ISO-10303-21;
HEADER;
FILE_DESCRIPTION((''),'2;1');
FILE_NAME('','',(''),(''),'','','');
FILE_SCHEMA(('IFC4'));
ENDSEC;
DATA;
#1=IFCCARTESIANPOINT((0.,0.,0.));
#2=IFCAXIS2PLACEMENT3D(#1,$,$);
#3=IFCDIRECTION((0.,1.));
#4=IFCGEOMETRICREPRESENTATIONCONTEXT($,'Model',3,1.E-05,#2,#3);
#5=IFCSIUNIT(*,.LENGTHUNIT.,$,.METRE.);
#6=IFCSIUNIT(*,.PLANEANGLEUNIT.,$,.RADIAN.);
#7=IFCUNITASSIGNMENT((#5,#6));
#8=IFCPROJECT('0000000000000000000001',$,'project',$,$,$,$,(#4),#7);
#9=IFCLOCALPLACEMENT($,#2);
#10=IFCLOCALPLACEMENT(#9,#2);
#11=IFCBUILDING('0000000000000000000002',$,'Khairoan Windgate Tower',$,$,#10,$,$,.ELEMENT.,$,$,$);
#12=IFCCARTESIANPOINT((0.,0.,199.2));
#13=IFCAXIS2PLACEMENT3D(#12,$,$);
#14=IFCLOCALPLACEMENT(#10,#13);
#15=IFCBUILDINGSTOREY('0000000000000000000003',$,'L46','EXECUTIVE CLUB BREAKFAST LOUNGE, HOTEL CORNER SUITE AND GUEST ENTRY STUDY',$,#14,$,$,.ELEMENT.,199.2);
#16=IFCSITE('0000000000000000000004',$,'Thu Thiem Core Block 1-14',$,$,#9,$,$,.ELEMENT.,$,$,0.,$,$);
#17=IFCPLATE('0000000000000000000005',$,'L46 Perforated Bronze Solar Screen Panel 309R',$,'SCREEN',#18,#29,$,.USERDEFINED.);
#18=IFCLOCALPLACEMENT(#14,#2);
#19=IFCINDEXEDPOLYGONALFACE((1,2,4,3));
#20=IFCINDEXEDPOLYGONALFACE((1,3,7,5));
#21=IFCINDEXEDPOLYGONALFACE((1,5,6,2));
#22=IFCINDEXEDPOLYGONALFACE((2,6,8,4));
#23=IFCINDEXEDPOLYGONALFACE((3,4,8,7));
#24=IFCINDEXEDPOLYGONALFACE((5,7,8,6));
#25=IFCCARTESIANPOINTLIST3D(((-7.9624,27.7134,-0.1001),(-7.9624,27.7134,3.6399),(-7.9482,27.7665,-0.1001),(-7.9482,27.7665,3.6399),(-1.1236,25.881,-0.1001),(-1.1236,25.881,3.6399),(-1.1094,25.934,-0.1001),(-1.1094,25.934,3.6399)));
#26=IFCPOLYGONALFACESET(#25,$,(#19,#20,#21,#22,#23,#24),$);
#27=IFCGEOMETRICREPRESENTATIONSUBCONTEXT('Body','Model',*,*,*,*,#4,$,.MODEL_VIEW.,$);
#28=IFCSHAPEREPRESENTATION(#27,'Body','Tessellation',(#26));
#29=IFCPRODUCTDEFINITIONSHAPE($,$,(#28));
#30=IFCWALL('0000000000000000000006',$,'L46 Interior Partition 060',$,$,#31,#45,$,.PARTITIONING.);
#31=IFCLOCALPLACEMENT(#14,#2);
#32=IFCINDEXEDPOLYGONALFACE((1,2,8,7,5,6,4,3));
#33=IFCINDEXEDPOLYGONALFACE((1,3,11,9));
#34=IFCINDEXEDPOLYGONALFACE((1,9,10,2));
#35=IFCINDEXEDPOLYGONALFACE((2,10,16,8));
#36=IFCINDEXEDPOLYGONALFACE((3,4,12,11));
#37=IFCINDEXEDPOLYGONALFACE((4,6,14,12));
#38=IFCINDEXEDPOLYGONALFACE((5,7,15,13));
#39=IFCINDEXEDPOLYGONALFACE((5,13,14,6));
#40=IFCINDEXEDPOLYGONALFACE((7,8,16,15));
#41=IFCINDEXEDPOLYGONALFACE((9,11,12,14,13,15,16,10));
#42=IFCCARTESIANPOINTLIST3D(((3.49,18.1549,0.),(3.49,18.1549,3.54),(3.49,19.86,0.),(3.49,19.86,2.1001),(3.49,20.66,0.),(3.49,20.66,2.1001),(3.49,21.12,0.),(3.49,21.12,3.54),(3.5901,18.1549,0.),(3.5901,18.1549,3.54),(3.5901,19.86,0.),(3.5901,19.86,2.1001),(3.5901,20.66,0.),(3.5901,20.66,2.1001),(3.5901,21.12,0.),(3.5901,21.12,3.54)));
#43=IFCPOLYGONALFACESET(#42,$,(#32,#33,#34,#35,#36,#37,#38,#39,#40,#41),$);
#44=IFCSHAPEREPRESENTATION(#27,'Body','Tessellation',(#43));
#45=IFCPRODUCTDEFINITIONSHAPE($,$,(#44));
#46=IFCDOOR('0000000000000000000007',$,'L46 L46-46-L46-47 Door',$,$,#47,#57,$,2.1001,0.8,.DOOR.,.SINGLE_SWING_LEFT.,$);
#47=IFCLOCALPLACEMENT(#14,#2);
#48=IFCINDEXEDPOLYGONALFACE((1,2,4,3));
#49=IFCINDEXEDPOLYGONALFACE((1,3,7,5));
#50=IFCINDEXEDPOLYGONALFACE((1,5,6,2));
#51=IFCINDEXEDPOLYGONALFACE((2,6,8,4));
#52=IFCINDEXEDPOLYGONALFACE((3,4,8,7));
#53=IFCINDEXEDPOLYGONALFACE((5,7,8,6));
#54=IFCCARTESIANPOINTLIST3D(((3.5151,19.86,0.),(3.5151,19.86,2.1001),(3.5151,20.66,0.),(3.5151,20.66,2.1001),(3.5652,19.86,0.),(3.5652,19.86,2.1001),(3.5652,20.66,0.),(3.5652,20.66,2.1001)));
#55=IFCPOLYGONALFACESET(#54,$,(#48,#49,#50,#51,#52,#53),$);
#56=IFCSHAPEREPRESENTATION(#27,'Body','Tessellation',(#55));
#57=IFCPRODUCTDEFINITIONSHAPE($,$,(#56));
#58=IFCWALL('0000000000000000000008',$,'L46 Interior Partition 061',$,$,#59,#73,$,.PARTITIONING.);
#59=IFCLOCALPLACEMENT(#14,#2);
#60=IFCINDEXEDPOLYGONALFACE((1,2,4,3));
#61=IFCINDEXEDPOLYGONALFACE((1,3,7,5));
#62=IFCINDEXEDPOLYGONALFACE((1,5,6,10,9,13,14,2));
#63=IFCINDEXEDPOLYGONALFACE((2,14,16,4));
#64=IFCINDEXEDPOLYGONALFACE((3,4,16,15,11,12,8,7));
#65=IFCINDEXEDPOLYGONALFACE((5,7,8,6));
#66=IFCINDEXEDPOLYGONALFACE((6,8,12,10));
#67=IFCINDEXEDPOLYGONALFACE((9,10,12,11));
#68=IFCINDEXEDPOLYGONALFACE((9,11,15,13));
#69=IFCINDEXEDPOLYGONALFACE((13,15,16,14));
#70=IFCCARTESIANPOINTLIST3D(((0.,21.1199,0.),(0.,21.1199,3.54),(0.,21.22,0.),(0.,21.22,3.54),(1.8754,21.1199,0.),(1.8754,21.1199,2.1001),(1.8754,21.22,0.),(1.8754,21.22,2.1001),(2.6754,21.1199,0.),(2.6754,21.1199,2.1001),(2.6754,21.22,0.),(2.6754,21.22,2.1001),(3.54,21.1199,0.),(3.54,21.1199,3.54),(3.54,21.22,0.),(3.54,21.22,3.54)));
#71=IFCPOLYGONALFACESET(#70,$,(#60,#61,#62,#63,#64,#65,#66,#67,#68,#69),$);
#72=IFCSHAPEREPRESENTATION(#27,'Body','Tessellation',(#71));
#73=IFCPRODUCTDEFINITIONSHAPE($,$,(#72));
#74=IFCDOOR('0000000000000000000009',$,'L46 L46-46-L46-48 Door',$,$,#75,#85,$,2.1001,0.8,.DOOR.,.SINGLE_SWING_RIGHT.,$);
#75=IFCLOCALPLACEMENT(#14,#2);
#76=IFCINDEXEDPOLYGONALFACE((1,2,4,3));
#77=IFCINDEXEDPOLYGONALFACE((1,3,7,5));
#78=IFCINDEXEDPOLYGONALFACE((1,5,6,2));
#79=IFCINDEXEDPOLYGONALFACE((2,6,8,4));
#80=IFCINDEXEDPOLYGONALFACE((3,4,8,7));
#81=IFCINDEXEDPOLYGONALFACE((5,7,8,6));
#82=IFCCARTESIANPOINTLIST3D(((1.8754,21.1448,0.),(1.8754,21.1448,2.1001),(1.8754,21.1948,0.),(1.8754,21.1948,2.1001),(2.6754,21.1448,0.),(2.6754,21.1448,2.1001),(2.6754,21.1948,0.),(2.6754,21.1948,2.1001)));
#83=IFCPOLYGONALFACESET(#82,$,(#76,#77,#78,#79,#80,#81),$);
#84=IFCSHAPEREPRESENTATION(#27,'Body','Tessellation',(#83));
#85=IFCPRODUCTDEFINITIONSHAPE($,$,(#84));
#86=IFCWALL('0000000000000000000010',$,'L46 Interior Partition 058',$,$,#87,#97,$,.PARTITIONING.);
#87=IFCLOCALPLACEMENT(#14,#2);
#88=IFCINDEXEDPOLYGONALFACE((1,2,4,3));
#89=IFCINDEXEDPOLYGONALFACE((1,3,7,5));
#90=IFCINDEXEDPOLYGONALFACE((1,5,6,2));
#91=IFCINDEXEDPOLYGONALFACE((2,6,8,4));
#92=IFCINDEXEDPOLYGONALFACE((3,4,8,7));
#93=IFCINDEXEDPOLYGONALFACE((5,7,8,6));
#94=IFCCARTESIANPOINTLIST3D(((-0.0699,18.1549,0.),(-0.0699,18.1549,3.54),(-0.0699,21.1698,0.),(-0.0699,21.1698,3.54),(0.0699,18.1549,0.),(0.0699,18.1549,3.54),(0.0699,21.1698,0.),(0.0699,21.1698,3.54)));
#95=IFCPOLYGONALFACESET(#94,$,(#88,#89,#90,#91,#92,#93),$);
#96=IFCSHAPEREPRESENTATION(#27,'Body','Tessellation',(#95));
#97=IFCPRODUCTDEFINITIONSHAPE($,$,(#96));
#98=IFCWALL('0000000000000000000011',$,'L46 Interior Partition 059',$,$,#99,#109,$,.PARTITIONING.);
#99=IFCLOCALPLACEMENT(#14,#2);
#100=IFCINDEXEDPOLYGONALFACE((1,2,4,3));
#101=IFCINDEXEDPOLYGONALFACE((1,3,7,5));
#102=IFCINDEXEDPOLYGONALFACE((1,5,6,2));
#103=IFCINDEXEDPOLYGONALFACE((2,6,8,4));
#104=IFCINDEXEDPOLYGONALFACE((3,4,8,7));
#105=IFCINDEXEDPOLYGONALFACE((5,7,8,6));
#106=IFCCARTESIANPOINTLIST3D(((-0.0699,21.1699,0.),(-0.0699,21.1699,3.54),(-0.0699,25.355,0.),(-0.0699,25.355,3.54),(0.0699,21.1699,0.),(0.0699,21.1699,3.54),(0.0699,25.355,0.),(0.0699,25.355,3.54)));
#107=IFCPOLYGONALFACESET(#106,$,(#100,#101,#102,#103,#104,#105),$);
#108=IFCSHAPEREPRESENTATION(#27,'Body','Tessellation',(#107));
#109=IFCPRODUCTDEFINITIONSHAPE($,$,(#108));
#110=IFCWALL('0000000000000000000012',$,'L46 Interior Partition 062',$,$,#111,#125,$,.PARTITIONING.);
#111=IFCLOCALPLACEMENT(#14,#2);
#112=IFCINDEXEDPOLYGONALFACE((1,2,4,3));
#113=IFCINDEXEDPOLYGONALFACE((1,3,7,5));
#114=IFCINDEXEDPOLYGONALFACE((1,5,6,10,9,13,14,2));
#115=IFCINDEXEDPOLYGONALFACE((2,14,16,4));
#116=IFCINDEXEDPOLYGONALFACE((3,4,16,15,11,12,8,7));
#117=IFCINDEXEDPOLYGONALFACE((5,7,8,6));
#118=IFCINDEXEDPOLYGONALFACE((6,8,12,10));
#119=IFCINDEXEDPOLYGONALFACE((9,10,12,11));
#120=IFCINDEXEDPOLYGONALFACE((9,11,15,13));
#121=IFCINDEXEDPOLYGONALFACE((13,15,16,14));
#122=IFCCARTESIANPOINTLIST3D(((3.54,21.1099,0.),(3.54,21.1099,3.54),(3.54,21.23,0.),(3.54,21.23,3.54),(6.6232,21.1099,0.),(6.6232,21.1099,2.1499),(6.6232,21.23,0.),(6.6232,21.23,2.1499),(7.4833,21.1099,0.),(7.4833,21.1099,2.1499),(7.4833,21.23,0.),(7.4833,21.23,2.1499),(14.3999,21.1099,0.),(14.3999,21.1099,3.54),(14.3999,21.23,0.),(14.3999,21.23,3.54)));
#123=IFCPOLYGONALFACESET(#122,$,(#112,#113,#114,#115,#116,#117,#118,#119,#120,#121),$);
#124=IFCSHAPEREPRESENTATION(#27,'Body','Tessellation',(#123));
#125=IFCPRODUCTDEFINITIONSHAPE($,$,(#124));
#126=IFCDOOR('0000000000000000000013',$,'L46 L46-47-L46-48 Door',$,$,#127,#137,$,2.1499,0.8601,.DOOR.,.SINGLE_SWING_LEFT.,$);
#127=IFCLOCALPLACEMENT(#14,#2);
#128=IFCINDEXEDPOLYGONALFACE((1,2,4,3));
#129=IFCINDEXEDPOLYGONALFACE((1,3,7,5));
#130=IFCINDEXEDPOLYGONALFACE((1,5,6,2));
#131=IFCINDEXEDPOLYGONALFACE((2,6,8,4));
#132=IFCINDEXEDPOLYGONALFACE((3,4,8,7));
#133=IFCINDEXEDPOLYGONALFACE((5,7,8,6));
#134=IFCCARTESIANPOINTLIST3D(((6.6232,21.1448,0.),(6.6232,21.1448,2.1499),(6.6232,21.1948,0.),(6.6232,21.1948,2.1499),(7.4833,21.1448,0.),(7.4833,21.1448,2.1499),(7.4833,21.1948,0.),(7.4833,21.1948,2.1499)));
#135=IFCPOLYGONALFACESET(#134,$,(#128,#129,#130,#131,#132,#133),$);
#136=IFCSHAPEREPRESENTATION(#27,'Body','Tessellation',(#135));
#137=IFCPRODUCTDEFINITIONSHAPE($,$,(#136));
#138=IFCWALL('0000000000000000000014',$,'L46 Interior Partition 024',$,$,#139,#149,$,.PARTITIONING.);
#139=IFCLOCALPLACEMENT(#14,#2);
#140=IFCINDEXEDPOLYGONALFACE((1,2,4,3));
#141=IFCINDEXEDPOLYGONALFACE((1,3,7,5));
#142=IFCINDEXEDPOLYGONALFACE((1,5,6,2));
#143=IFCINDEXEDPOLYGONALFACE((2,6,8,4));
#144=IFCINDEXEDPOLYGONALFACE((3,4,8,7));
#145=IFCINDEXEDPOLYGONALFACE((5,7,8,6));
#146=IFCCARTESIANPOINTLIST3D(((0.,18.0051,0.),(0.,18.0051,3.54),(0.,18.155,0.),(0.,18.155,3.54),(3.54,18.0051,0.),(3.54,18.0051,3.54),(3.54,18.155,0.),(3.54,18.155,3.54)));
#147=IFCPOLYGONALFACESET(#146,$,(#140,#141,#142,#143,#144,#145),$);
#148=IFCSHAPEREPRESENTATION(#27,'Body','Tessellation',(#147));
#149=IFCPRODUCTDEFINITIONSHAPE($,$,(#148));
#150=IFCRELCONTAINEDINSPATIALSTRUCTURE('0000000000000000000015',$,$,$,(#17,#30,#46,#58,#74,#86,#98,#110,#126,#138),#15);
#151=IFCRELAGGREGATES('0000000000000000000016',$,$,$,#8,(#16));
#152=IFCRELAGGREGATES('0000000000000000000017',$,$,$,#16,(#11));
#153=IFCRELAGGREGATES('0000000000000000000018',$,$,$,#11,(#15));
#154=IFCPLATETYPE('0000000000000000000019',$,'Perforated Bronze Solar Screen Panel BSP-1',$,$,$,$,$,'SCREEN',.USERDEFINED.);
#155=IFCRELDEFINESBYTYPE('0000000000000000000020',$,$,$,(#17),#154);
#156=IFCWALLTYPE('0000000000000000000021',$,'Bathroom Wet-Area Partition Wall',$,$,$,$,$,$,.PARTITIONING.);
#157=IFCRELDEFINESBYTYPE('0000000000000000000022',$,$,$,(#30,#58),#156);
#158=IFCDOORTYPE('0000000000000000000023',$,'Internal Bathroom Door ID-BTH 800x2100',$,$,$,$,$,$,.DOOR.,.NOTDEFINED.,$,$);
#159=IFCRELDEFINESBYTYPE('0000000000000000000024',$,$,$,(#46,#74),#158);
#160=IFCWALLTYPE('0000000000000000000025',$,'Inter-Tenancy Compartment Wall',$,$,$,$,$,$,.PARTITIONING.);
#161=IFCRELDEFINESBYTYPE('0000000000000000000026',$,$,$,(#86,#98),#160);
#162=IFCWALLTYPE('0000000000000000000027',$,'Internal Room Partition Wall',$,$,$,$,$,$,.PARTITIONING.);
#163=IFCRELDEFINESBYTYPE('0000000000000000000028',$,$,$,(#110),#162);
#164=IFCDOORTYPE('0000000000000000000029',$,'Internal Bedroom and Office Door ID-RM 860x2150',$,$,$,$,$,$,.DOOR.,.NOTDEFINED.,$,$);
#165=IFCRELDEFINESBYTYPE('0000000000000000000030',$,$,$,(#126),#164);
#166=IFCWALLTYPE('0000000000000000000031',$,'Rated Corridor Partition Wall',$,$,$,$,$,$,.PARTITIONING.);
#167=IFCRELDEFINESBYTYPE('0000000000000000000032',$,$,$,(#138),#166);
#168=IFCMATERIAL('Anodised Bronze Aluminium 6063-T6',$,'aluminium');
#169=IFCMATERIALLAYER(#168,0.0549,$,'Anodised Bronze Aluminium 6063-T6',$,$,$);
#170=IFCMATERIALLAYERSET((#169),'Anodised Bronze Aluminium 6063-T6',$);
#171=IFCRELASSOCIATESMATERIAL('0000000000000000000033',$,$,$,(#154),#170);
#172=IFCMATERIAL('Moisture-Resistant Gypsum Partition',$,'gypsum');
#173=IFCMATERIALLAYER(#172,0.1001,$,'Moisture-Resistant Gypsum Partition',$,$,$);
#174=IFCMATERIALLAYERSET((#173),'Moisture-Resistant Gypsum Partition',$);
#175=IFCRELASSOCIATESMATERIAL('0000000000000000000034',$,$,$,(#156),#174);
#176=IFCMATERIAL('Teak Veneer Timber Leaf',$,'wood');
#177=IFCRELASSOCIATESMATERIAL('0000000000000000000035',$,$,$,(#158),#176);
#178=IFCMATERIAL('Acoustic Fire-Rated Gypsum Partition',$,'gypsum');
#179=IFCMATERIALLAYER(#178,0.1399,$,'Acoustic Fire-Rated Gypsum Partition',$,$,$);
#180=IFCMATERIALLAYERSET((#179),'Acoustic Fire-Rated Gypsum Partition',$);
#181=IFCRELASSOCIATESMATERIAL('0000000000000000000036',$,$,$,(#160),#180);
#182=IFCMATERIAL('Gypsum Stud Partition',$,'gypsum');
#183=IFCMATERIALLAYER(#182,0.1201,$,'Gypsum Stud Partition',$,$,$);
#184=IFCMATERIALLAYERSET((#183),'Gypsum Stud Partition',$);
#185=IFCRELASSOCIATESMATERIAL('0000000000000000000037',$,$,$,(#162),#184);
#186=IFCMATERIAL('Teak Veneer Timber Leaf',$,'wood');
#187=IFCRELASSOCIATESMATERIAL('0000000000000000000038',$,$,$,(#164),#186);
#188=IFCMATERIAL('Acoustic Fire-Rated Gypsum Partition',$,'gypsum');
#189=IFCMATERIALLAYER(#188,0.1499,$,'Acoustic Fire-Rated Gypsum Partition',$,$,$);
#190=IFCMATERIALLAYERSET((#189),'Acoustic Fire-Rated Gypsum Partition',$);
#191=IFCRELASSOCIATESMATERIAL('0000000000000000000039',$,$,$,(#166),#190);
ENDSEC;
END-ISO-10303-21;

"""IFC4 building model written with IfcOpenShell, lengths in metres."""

from ifc_helpers import new_model, si_unit, direction, frame, frame_2d, origin, origin_2d, place, context, subcontext, project, spatial, rectangle, extrude, material, layer, layer_set, type_object, element, fill, save


model = new_model("IFC4")

# Units and contexts
model_context = context("Model", 3, precision=1e-05, world=origin(), true_north=direction((0.0, 1.0)))
body_context = subcontext(model_context, "Body", "Model", "MODEL_VIEW")
ifc_project = project(units=[si_unit("LENGTHUNIT", "METRE"), si_unit("PLANEANGLEUNIT", "RADIAN")], contexts=[model_context])

# Site, building, storey
site_placement = place(None, origin())
site = spatial("IfcSite", under=ifc_project, at=site_placement, Name="Thu Thiem Core Block 1-14", CompositionType="ELEMENT", RefElevation=0.0)
building_placement = place(site_placement, origin())
building = spatial("IfcBuilding", under=site, at=building_placement, Name="Khairoan Windgate Tower", CompositionType="ELEMENT")
storey_placement = place(building_placement, frame((0.0, 0.0, 199.2)))
storey = spatial("IfcBuildingStorey", under=building, at=storey_placement, Name="L46", Description="EXECUTIVE CLUB BREAKFAST LOUNGE, HOTEL CORNER SUITE AND GUEST ENTRY STUDY", CompositionType="ELEMENT", Elevation=199.2)

# Plate
ifc_material_1 = material(Name="Anodised Bronze Aluminium 6063-T6", Category="aluminium")
ifc_layer_1 = layer(ifc_material_1, 0.0549, Name="Anodised Bronze Aluminium 6063-T6")
ifc_layer_set_1 = layer_set([ifc_layer_1], Name="Anodised Bronze Aluminium 6063-T6")
plate_type = type_object("IfcPlateType", Name="Perforated Bronze Solar Screen Panel BSP-1", ElementType="SCREEN", PredefinedType="USERDEFINED", material=ifc_layer_set_1)
plate_placement = place(storey_placement, frame((-4.5359, 26.8237, -0.1001), z_axis=(0.0, 0.0, 1.0), x_axis=(0.965926, -0.258819, 0.0)))
element("IfcPlate", 1, at=plate_placement, inside=storey, type_object=plate_type, Name="L46 Perforated Bronze Solar Screen Panel 309R", ObjectType="SCREEN", PredefinedType="USERDEFINED", context=body_context, shape_type="SweptSolid", body=[
    extrude(rectangle(XDim=7.0801, YDim=0.0549, at=origin_2d()), origin(), (0.0, 0.0, 1.0), 3.74),
])

# Walls, openings, doors
ifc_material_2 = material(Name="Moisture-Resistant Gypsum Partition", Category="gypsum")
ifc_layer_2 = layer(ifc_material_2, 0.1001, Name="Moisture-Resistant Gypsum Partition")
ifc_layer_set_2 = layer_set([ifc_layer_2], Name="Moisture-Resistant Gypsum Partition")
wall_type_1 = type_object("IfcWallType", Name="Bathroom Wet-Area Partition Wall", PredefinedType="PARTITIONING", material=ifc_layer_set_2)
wall_1_placement = place(storey_placement, frame((3.54, 18.155, 0.0), z_axis=(0.0, 0.0, 1.0), x_axis=(0.0, 1.0, 0.0)))
wall_1 = element("IfcWall", 2, at=wall_1_placement, inside=storey, type_object=wall_type_1, Name="L46 Interior Partition 060", PredefinedType="PARTITIONING", context=body_context, shape_type="SweptSolid", body=[
    extrude(rectangle(XDim=2.9651, YDim=0.1001, at=frame_2d((1.4824, 0.0))), origin(), (0.0, 0.0, 1.0), 3.54),
])
opening_1_placement = place(wall_1_placement, frame((1.7051, 0.0, 0.0)))
opening_1 = element("IfcOpeningElement", 3, at=opening_1_placement, cuts=wall_1, PredefinedType="OPENING", context=body_context, shape_type="SweptSolid", body=[
    extrude(rectangle(XDim=0.8, YDim=2.1001, at=frame_2d((0.3999, 1.05))), frame((0.0, 0.0601, 0.0), z_axis=(0.0, -1.0, 0.0), x_axis=(1.0, 0.0, 0.0)), (0.0, 0.0, 1.0), 0.1201),
])
ifc_material_3 = material(Name="Teak Veneer Timber Leaf", Category="wood")
door_type_1 = type_object("IfcDoorType", Name="Internal Bathroom Door ID-BTH 800x2100", OperationType="NOTDEFINED", PredefinedType="DOOR", material=ifc_material_3)
door_1_placement = place(opening_1_placement, origin())
door_1 = element("IfcDoor", 4, at=door_1_placement, inside=storey, type_object=door_type_1, Name="L46 L46-46-L46-47 Door", OperationType="SINGLE_SWING_LEFT", OverallHeight=2.1001, OverallWidth=0.8, PredefinedType="DOOR", context=body_context, shape_type="SweptSolid", body=[
    extrude(rectangle(XDim=0.8, YDim=2.1001, at=frame_2d((0.3999, 1.05))), frame((0.0, 0.0249, 0.0), z_axis=(0.0, -1.0, 0.0), x_axis=(1.0, 0.0, 0.0)), (0.0, 0.0, 1.0), 0.05),
])
fill(opening_1, door_1)
wall_2_placement = place(storey_placement, frame((0.0, 21.1699, 0.0), z_axis=(0.0, 0.0, 1.0), x_axis=(1.0, 0.0, 0.0)))
wall_2 = element("IfcWall", 5, at=wall_2_placement, inside=storey, type_object=wall_type_1, Name="L46 Interior Partition 061", PredefinedType="PARTITIONING", context=body_context, shape_type="SweptSolid", body=[
    extrude(rectangle(XDim=3.54, YDim=0.1001, at=frame_2d((1.77, 0.0))), origin(), (0.0, 0.0, 1.0), 3.54),
])
opening_2_placement = place(wall_2_placement, frame((1.8755, 0.0, 0.0)))
opening_2 = element("IfcOpeningElement", 6, at=opening_2_placement, cuts=wall_2, PredefinedType="OPENING", context=body_context, shape_type="SweptSolid", body=[
    extrude(rectangle(XDim=0.8, YDim=2.1001, at=frame_2d((0.3999, 1.05))), frame((0.0, 0.0601, 0.0), z_axis=(0.0, -1.0, 0.0), x_axis=(1.0, 0.0, 0.0)), (0.0, 0.0, 1.0), 0.1201),
])
door_2_placement = place(opening_2_placement, origin())
door_2 = element("IfcDoor", 7, at=door_2_placement, inside=storey, type_object=door_type_1, Name="L46 L46-46-L46-48 Door", OperationType="SINGLE_SWING_RIGHT", OverallHeight=2.1001, OverallWidth=0.8, PredefinedType="DOOR", context=body_context, shape_type="SweptSolid", body=[
    extrude(rectangle(XDim=0.8, YDim=2.1001, at=frame_2d((0.3999, 1.05))), frame((0.0, 0.0249, 0.0), z_axis=(0.0, -1.0, 0.0), x_axis=(1.0, 0.0, 0.0)), (0.0, 0.0, 1.0), 0.05),
])
fill(opening_2, door_2)

# Walls
ifc_material_4 = material(Name="Acoustic Fire-Rated Gypsum Partition", Category="gypsum")
ifc_layer_3 = layer(ifc_material_4, 0.1399, Name="Acoustic Fire-Rated Gypsum Partition")
ifc_layer_set_3 = layer_set([ifc_layer_3], Name="Acoustic Fire-Rated Gypsum Partition")
wall_type_2 = type_object("IfcWallType", Name="Inter-Tenancy Compartment Wall", PredefinedType="PARTITIONING", material=ifc_layer_set_3)
wall_3_placement = place(storey_placement, frame((0.0, 18.155, 0.0), z_axis=(0.0, 0.0, 1.0), x_axis=(0.0, 1.0, 0.0)))
element("IfcWall", 8, at=wall_3_placement, inside=storey, type_object=wall_type_2, Name="L46 Interior Partition 058", PredefinedType="PARTITIONING", context=body_context, shape_type="SweptSolid", body=[
    extrude(rectangle(XDim=3.0149, YDim=0.1399, at=frame_2d((1.5073, 0.0))), origin(), (0.0, 0.0, 1.0), 3.54),
])
wall_4_placement = place(storey_placement, frame((0.0, 21.1699, 0.0), z_axis=(0.0, 0.0, 1.0), x_axis=(0.0, 1.0, 0.0)))
element("IfcWall", 9, at=wall_4_placement, inside=storey, type_object=wall_type_2, Name="L46 Interior Partition 059", PredefinedType="PARTITIONING", context=body_context, shape_type="SweptSolid", body=[
    extrude(rectangle(XDim=4.1851, YDim=0.1399, at=frame_2d((2.0925, 0.0))), origin(), (0.0, 0.0, 1.0), 3.54),
])

# Wall, opening, door
ifc_material_5 = material(Name="Gypsum Stud Partition", Category="gypsum")
ifc_layer_4 = layer(ifc_material_5, 0.1201, Name="Gypsum Stud Partition")
ifc_layer_set_4 = layer_set([ifc_layer_4], Name="Gypsum Stud Partition")
wall_type_3 = type_object("IfcWallType", Name="Internal Room Partition Wall", PredefinedType="PARTITIONING", material=ifc_layer_set_4)
wall_5_placement = place(storey_placement, frame((3.54, 21.1699, 0.0), z_axis=(0.0, 0.0, 1.0), x_axis=(1.0, 0.0, 0.0)))
wall_5 = element("IfcWall", 10, at=wall_5_placement, inside=storey, type_object=wall_type_3, Name="L46 Interior Partition 062", PredefinedType="PARTITIONING", context=body_context, shape_type="SweptSolid", body=[
    extrude(rectangle(XDim=10.8599, YDim=0.1201, at=frame_2d((5.4299, 0.0))), origin(), (0.0, 0.0, 1.0), 3.54),
])
opening_3_placement = place(wall_5_placement, frame((3.083, 0.0, 0.0)))
opening_3 = element("IfcOpeningElement", 11, at=opening_3_placement, cuts=wall_5, PredefinedType="OPENING", context=body_context, shape_type="SweptSolid", body=[
    extrude(rectangle(XDim=0.8601, YDim=2.1499, at=frame_2d((0.4302, 1.075))), frame((0.0, 0.0701, 0.0), z_axis=(0.0, -1.0, 0.0), x_axis=(1.0, 0.0, 0.0)), (0.0, 0.0, 1.0), 0.1401),
])
ifc_material_6 = material(Name="Teak Veneer Timber Leaf", Category="wood")
door_type_2 = type_object("IfcDoorType", Name="Internal Bedroom and Office Door ID-RM 860x2150", OperationType="NOTDEFINED", PredefinedType="DOOR", material=ifc_material_6)
door_3_placement = place(opening_3_placement, origin())
door_3 = element("IfcDoor", 12, at=door_3_placement, inside=storey, type_object=door_type_2, Name="L46 L46-47-L46-48 Door", OperationType="SINGLE_SWING_LEFT", OverallHeight=2.1499, OverallWidth=0.8601, PredefinedType="DOOR", context=body_context, shape_type="SweptSolid", body=[
    extrude(rectangle(XDim=0.8601, YDim=2.1499, at=frame_2d((0.4302, 1.075))), frame((0.0, 0.0249, 0.0), z_axis=(0.0, -1.0, 0.0), x_axis=(1.0, 0.0, 0.0)), (0.0, 0.0, 1.0), 0.05),
])
fill(opening_3, door_3)

# Wall
ifc_material_7 = material(Name="Acoustic Fire-Rated Gypsum Partition", Category="gypsum")
ifc_layer_5 = layer(ifc_material_7, 0.1499, Name="Acoustic Fire-Rated Gypsum Partition")
ifc_layer_set_5 = layer_set([ifc_layer_5], Name="Acoustic Fire-Rated Gypsum Partition")
wall_type_4 = type_object("IfcWallType", Name="Rated Corridor Partition Wall", PredefinedType="PARTITIONING", material=ifc_layer_set_5)
wall_6_placement = place(storey_placement, frame((0.0, 18.0801, 0.0), z_axis=(0.0, 0.0, 1.0), x_axis=(1.0, 0.0, 0.0)))
element("IfcWall", 13, at=wall_6_placement, inside=storey, type_object=wall_type_4, Name="L46 Interior Partition 024", PredefinedType="PARTITIONING", context=body_context, shape_type="SweptSolid", body=[
    extrude(rectangle(XDim=3.54, YDim=0.1499, at=frame_2d((1.77, 0.0))), origin(), (0.0, 0.0, 1.0), 3.54),
])

save(model, "model.ifc")
